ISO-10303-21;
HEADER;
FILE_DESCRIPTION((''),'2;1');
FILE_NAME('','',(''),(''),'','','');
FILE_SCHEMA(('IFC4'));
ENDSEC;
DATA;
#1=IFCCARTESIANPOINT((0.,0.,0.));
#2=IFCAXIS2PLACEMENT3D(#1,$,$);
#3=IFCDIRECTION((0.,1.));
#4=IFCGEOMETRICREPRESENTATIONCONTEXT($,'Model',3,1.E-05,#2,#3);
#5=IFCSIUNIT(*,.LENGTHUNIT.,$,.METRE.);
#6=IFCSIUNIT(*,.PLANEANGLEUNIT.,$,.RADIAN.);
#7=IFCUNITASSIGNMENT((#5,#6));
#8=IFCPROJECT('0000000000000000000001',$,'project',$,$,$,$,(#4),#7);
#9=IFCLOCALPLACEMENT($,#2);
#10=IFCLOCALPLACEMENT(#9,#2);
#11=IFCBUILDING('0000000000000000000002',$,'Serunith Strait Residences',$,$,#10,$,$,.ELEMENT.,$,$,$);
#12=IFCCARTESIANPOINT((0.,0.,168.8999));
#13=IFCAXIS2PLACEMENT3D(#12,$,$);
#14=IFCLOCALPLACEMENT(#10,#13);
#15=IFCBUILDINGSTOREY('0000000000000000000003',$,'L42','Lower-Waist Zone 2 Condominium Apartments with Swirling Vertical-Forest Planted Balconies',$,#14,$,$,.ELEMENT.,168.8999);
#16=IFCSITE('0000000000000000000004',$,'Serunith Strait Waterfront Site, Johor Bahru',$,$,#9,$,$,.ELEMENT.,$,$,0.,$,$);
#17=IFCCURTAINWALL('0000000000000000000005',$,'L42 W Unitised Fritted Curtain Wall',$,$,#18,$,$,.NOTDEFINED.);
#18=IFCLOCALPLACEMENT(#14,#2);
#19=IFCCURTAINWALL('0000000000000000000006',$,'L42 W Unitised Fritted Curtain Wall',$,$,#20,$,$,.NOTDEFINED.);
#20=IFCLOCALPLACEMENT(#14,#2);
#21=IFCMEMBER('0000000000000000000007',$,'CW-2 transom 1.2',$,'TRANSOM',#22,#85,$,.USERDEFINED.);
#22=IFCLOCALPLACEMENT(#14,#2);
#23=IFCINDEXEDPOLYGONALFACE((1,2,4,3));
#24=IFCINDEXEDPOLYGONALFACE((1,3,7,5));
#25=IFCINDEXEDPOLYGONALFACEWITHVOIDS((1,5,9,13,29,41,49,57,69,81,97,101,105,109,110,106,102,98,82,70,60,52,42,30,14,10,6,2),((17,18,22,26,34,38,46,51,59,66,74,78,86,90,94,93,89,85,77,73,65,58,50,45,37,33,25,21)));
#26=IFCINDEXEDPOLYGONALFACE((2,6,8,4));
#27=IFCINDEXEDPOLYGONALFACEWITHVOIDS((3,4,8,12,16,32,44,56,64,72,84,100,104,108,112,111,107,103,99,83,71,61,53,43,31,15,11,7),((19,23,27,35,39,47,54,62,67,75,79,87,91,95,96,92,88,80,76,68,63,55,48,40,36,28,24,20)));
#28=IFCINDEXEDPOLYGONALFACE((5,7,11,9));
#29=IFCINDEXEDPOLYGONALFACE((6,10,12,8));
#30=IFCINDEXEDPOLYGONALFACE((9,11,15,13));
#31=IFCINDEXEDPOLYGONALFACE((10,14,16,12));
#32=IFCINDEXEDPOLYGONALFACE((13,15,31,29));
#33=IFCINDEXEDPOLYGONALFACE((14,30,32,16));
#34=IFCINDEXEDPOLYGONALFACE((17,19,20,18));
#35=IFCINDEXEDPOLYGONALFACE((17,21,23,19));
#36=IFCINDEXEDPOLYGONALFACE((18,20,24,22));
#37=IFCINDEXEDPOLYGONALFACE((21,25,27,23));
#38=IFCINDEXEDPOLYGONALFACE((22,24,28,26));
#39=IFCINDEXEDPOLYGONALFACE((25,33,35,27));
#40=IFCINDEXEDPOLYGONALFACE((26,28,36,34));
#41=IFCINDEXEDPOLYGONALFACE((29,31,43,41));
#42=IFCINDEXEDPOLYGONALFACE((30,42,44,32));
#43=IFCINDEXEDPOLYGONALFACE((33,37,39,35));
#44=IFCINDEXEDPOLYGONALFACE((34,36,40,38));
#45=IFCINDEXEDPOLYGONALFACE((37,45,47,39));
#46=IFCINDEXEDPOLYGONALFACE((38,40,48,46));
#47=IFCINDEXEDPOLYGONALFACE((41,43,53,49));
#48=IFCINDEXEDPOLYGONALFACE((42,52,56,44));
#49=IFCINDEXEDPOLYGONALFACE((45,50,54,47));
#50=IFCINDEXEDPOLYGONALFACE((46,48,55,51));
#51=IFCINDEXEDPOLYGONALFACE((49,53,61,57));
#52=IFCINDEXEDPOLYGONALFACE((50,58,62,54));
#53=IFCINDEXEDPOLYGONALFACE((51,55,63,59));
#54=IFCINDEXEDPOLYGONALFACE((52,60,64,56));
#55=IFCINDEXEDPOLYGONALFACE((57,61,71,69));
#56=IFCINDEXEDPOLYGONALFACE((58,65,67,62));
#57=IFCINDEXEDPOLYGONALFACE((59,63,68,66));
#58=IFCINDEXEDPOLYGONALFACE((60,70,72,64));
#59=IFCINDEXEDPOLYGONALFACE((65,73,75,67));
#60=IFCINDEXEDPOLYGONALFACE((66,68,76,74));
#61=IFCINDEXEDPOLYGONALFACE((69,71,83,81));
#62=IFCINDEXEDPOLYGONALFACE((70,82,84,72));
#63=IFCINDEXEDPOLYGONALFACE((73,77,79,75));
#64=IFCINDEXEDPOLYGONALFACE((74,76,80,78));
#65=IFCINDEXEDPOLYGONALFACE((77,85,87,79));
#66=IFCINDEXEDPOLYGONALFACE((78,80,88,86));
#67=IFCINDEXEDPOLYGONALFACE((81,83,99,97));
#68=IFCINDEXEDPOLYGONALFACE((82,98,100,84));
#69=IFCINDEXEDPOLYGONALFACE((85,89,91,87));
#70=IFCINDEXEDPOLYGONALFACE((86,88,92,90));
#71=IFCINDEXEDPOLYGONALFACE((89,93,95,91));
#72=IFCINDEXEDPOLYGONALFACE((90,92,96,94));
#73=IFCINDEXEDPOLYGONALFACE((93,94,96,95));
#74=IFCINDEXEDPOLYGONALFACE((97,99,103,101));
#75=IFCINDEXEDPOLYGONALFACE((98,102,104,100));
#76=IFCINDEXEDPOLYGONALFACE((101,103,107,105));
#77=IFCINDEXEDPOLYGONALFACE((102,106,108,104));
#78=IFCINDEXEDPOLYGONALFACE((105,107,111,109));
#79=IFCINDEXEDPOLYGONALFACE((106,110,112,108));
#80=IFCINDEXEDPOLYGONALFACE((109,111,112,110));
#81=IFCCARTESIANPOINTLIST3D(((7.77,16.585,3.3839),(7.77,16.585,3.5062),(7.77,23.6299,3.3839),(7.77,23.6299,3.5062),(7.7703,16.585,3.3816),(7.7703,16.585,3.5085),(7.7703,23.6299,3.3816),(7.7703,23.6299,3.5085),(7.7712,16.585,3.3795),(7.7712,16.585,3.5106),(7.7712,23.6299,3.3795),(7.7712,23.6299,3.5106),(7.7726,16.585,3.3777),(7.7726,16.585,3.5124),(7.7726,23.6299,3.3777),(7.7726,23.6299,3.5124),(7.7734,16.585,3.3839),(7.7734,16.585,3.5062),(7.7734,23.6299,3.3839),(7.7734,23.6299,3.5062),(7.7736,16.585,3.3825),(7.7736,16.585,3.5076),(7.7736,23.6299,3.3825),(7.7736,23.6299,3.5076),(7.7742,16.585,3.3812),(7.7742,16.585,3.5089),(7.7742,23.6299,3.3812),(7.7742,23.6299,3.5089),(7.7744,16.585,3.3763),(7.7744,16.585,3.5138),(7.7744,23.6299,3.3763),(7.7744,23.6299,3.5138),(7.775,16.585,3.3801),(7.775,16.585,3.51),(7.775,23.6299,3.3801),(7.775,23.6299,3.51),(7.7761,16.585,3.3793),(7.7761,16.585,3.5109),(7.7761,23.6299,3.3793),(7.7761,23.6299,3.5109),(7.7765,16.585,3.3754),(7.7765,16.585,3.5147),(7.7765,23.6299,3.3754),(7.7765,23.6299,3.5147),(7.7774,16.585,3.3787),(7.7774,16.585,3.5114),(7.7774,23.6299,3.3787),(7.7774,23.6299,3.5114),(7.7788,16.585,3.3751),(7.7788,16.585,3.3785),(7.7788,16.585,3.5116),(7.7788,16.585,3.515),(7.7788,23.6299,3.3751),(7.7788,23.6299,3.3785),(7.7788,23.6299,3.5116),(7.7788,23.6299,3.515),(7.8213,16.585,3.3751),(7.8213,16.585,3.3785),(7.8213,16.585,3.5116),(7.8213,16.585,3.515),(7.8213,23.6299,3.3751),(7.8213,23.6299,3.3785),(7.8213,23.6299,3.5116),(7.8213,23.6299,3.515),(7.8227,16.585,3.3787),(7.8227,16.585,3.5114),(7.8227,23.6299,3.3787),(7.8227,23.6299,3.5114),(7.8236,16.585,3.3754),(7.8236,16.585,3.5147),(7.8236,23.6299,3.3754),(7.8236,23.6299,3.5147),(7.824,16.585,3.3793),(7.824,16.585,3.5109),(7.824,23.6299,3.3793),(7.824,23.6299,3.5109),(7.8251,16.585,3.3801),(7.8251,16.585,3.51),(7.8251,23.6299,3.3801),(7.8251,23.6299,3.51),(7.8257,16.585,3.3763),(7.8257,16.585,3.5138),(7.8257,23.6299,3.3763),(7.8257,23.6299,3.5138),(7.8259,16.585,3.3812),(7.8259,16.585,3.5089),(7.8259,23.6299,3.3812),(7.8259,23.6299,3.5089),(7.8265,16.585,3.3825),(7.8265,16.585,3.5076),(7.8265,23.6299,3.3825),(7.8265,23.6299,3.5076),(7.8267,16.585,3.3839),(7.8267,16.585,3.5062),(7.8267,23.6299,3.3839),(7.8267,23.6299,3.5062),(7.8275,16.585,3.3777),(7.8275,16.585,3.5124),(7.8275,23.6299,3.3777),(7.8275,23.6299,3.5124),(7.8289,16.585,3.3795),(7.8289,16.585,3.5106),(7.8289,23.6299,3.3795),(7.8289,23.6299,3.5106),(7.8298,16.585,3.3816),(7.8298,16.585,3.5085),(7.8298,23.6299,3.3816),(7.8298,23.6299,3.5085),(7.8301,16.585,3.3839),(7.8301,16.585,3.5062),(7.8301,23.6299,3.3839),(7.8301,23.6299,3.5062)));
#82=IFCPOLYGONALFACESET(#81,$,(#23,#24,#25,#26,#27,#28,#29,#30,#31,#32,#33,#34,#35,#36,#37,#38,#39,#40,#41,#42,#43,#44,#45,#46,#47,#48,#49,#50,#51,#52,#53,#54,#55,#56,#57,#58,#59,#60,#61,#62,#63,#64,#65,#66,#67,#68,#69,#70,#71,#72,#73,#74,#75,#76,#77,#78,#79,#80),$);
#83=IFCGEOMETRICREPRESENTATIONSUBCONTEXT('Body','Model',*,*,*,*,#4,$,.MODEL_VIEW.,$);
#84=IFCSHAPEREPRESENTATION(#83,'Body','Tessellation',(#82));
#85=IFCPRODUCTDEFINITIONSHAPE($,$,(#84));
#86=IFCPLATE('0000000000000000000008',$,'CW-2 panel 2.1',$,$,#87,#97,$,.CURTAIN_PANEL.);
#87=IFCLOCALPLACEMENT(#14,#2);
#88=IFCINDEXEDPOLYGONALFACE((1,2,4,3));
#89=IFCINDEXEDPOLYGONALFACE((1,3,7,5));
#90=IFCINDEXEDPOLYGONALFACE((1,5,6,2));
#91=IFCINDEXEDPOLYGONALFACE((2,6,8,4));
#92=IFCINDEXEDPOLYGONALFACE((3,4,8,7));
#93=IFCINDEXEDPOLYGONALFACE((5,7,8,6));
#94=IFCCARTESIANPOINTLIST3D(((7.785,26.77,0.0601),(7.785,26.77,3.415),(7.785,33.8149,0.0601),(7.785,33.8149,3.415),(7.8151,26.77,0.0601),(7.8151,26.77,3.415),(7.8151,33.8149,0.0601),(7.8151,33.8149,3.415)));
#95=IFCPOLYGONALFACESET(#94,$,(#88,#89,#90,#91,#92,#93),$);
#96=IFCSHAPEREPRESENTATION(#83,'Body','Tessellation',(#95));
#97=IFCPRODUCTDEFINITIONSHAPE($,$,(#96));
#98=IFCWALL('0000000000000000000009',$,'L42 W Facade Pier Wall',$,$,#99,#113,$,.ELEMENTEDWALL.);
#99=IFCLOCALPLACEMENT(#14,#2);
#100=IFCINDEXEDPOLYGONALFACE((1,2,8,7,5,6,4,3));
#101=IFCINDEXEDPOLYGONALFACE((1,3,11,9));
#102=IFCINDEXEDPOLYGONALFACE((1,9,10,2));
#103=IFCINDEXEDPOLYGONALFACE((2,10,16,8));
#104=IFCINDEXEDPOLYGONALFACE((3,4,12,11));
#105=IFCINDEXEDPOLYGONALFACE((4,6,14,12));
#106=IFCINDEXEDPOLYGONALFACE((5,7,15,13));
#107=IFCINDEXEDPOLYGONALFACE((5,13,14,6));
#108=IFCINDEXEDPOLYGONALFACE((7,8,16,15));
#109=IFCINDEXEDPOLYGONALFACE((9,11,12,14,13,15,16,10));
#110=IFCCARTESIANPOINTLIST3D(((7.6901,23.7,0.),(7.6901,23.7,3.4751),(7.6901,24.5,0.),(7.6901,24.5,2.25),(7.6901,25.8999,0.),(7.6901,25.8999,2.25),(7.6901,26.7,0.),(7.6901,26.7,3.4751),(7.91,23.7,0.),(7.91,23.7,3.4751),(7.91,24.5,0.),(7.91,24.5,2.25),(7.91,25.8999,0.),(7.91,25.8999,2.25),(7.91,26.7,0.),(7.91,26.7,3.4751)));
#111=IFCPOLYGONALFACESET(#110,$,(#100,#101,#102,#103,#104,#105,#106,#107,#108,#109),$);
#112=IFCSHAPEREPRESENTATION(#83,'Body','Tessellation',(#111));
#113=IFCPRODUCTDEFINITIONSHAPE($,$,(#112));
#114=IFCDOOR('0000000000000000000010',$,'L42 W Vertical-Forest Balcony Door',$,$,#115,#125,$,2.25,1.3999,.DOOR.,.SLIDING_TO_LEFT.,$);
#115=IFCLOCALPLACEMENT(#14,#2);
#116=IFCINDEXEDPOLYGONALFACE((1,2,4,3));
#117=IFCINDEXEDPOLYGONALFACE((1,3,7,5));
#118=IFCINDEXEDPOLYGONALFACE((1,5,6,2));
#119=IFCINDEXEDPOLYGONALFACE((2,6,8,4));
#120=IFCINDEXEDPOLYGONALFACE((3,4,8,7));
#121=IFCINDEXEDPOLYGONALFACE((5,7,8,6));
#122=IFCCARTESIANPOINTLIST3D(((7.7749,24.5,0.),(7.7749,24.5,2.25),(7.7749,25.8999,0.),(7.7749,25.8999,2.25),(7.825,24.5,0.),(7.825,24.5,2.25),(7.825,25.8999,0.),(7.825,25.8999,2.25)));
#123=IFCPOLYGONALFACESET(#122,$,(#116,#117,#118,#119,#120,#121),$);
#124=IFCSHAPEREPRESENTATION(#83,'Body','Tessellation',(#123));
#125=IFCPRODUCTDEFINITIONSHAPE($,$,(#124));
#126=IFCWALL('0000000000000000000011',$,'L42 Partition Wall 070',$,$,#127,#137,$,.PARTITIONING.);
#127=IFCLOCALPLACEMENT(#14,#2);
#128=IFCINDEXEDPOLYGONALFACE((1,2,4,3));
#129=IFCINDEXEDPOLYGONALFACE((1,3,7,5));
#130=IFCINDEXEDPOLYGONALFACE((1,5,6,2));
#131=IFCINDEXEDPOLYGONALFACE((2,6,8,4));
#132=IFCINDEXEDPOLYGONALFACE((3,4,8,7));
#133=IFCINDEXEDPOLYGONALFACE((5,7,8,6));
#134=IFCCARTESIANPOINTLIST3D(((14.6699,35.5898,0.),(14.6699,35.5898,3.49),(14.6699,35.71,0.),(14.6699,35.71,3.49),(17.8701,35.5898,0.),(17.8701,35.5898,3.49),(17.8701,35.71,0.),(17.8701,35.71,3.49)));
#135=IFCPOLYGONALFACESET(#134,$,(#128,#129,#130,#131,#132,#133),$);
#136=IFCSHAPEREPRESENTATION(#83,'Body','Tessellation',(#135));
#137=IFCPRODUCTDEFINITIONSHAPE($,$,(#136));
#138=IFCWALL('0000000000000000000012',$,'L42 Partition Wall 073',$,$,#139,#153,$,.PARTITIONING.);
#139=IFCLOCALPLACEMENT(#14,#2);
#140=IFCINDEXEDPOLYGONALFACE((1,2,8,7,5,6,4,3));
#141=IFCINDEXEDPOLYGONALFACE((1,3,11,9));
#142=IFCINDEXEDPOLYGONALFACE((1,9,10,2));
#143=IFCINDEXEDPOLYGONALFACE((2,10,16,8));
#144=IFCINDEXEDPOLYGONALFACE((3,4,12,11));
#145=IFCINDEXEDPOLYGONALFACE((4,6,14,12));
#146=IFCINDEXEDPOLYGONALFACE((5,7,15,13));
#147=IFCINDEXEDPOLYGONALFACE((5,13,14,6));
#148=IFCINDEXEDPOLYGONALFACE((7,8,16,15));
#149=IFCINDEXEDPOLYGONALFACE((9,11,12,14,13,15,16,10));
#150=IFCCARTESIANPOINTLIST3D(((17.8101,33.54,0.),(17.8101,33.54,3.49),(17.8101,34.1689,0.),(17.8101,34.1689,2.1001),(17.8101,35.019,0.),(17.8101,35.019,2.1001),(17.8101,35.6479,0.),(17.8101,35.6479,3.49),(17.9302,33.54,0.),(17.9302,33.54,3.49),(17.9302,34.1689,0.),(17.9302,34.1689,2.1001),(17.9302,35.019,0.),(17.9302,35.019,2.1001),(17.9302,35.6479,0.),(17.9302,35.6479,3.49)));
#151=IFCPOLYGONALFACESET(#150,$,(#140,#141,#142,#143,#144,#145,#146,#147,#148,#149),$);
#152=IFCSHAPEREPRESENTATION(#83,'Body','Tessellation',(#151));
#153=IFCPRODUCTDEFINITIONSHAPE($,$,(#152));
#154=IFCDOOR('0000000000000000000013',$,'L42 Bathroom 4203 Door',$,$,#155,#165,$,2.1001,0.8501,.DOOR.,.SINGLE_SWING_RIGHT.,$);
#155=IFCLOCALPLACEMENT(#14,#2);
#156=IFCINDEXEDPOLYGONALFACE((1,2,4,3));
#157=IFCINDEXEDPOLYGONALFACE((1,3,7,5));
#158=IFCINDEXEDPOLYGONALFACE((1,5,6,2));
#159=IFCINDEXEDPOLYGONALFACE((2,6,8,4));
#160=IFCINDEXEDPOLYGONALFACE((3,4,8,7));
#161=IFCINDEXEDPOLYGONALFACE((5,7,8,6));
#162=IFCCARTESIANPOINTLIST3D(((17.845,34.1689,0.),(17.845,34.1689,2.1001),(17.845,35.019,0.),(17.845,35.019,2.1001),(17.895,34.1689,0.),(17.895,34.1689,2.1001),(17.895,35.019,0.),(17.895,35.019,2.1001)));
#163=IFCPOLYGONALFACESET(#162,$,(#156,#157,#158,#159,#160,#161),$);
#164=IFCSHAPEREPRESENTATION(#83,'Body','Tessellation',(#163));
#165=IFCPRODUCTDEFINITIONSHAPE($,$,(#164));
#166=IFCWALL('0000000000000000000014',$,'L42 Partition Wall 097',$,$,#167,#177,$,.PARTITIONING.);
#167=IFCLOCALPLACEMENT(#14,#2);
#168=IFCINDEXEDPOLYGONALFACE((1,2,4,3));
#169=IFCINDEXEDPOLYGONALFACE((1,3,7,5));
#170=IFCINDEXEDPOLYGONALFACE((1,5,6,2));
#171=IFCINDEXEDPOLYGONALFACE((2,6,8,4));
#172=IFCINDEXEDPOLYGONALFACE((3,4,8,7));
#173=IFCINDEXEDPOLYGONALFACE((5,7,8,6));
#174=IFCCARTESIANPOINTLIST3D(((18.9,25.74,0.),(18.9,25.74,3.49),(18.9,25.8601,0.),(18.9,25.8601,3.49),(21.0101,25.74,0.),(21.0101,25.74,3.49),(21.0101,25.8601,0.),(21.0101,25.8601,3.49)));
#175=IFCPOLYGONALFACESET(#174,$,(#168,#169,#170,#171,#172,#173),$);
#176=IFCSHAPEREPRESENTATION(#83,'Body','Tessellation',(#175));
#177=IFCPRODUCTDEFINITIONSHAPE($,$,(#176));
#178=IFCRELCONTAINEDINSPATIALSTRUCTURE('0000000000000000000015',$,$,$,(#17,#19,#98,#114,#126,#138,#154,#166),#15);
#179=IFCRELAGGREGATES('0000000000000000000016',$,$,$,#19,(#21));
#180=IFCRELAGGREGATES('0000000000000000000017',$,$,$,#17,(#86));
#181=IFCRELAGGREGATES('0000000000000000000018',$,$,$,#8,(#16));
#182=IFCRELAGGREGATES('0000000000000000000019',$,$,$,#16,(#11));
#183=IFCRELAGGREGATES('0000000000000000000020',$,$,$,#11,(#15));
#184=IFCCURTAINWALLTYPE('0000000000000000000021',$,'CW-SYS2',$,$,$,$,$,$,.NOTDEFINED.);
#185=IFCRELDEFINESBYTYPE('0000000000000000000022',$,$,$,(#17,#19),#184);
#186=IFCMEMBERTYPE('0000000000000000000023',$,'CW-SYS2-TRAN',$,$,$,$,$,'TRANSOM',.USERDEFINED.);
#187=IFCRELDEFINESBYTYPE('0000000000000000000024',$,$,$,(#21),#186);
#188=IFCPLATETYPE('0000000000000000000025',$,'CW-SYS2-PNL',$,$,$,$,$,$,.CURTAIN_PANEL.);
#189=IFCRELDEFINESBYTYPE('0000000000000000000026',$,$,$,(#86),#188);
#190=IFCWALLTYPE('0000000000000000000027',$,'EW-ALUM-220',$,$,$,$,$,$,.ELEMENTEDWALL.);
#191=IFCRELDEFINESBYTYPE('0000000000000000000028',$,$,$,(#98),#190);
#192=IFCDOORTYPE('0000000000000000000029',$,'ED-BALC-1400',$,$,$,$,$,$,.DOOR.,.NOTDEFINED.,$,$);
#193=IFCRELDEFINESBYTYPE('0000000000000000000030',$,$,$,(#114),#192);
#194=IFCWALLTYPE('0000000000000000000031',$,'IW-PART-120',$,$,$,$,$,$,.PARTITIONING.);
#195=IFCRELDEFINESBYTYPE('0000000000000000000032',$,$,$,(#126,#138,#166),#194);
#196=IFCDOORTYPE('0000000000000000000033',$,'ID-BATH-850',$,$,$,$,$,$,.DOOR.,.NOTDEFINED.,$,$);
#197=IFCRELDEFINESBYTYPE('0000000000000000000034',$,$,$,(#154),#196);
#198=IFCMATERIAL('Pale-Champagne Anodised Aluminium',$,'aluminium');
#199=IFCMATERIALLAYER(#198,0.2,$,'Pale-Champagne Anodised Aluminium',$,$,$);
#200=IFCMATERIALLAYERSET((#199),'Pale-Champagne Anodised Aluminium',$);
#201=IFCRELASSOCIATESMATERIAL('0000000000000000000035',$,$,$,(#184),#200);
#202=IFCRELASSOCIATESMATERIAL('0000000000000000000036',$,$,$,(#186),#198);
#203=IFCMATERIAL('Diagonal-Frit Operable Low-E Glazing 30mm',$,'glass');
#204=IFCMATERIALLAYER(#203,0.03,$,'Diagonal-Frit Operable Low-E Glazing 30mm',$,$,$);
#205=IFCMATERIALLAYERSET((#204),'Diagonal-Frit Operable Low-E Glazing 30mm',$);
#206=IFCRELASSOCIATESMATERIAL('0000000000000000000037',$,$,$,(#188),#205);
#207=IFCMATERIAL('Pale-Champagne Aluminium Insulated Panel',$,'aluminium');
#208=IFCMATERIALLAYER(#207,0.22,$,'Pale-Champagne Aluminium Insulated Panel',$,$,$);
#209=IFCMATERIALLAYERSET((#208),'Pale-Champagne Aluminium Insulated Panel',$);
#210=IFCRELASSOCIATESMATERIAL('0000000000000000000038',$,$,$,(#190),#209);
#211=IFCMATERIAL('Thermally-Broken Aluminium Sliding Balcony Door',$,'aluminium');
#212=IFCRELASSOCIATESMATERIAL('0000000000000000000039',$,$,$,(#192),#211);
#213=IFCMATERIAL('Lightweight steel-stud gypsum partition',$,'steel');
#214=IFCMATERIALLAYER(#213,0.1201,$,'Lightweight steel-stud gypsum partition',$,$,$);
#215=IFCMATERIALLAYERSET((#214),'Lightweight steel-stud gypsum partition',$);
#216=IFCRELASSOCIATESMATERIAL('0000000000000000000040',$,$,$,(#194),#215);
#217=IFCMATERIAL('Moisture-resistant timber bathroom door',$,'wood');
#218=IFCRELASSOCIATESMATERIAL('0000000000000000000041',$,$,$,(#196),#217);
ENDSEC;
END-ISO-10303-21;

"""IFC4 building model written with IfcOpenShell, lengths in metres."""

from ifc_helpers import new_model, si_unit, direction, frame, frame_2d, origin, origin_2d, place, context, subcontext, project, spatial, rectangle, hollow_rectangle, extrude, source, transform, mapped, material, layer, layer_set, material_profile, profile_set, type_object, element, fill, aggregate, save


model = new_model("IFC4")

# Units and contexts
model_context = context("Model", 3, precision=1e-05, world=origin(), true_north=direction((0.0, 1.0)))
body_context = subcontext(model_context, "Body", "Model", "MODEL_VIEW")
ifc_project = project(units=[si_unit("LENGTHUNIT", "METRE"), si_unit("PLANEANGLEUNIT", "RADIAN")], contexts=[model_context])

# Site, building, storey
site_placement = place(None, origin())
site = spatial("IfcSite", under=ifc_project, at=site_placement, Name="Serunith Strait Waterfront Site, Johor Bahru", CompositionType="ELEMENT", RefElevation=0.0)
building_placement = place(site_placement, origin())
building = spatial("IfcBuilding", under=site, at=building_placement, Name="Serunith Strait Residences", CompositionType="ELEMENT")
storey_placement = place(building_placement, frame((0.0, 0.0, 168.8999)))
storey = spatial("IfcBuildingStorey", under=building, at=storey_placement, Name="L42", Description="Lower-Waist Zone 2 Condominium Apartments with Swirling Vertical-Forest Planted Balconies", CompositionType="ELEMENT", Elevation=168.8999)

# Curtain wall
ifc_material_1 = material(Name="Pale-Champagne Anodised Aluminium", Category="aluminium")
ifc_layer_1 = layer(ifc_material_1, 0.2, Name="Pale-Champagne Anodised Aluminium")
ifc_layer_set_1 = layer_set([ifc_layer_1], Name="Pale-Champagne Anodised Aluminium")
curtain_wall_type = type_object("IfcCurtainWallType", Name="CW-SYS2", PredefinedType="NOTDEFINED", material=ifc_layer_set_1)
curtain_wall_1_placement = place(storey_placement, origin())
curtain_wall_1 = element("IfcCurtainWall", 1, at=curtain_wall_1_placement, inside=storey, type_object=curtain_wall_type, Name="L42 W Unitised Fritted Curtain Wall", PredefinedType="NOTDEFINED")

# Curtain wall
curtain_wall_2_placement = place(storey_placement, origin())
curtain_wall_2 = element("IfcCurtainWall", 2, at=curtain_wall_2_placement, inside=storey, type_object=curtain_wall_type, Name="L42 W Unitised Fritted Curtain Wall", PredefinedType="NOTDEFINED")

# Member
ifc_material_profile_1 = material_profile(ifc_material_1, hollow_rectangle(XDim=0.0601, YDim=0.1399, WallThickness=0.0034, InnerFilletRadius=0.0054, OuterFilletRadius=0.0088, at=origin_2d()), Name="ALU 140x60x3.5")
ifc_profile_set_1 = profile_set([ifc_material_profile_1], Name="Pale-Champagne Anodised Aluminium")
member_type_1 = type_object("IfcMemberType", Name="CW-SYS2-TRAN", ElementType="TRANSOM", PredefinedType="USERDEFINED", material=ifc_profile_set_1)
shared_shape_1 = source(origin(), body_context, "Body", "SweptSolid", [
    extrude(hollow_rectangle(XDim=0.0601, YDim=0.1399, WallThickness=0.0034, InnerFilletRadius=0.0054, OuterFilletRadius=0.0088, at=origin_2d()), origin(), (0.0, 0.0, 1.0), 7.0449),
])
member_1_placement = place(storey_placement, frame((7.8, 23.6299, 3.4451), z_axis=(0.0, -1.0, 0.0), x_axis=(1.0, 0.0, 0.0)))
member_1 = element("IfcMember", 3, at=member_1_placement, type_object=member_type_1, Name="CW-2 transom 1.2", ObjectType="TRANSOM", PredefinedType="USERDEFINED", context=body_context, shape_type="MappedRepresentation", body=[
    mapped(shared_shape_1, transform((0.0, 0.0, 0.0), scale=1.0)),
])
aggregate(curtain_wall_2, [member_1])

# Plate
ifc_material_2 = material(Name="Diagonal-Frit Operable Low-E Glazing 30mm", Category="glass")
ifc_layer_2 = layer(ifc_material_2, 0.03, Name="Diagonal-Frit Operable Low-E Glazing 30mm")
ifc_layer_set_2 = layer_set([ifc_layer_2], Name="Diagonal-Frit Operable Low-E Glazing 30mm")
plate_type = type_object("IfcPlateType", Name="CW-SYS2-PNL", PredefinedType="CURTAIN_PANEL", material=ifc_layer_set_2)
shared_shape_2 = source(origin(), body_context, "Body", "SweptSolid", [
    extrude(rectangle(XDim=7.0449, YDim=0.03, at=origin_2d()), origin(), (0.0, 0.0, 1.0), 3.355),
])
plate_placement = place(storey_placement, frame((7.8, 30.2925, 0.0601), z_axis=(0.0, 0.0, 1.0), x_axis=(0.0, -1.0, 0.0)))
plate = element("IfcPlate", 4, at=plate_placement, type_object=plate_type, Name="CW-2 panel 2.1", PredefinedType="CURTAIN_PANEL", context=body_context, shape_type="MappedRepresentation", body=[
    mapped(shared_shape_2, transform((0.0, 0.0, 0.0), scale=1.0)),
])
aggregate(curtain_wall_1, [plate])

# Wall, opening, door
ifc_material_3 = material(Name="Pale-Champagne Aluminium Insulated Panel", Category="aluminium")
ifc_layer_3 = layer(ifc_material_3, 0.22, Name="Pale-Champagne Aluminium Insulated Panel")
ifc_layer_set_3 = layer_set([ifc_layer_3], Name="Pale-Champagne Aluminium Insulated Panel")
wall_type_1 = type_object("IfcWallType", Name="EW-ALUM-220", PredefinedType="ELEMENTEDWALL", material=ifc_layer_set_3)
wall_1_placement = place(storey_placement, frame((7.8, 26.7, 0.0), z_axis=(0.0, 0.0, 1.0), x_axis=(0.0, -1.0, 0.0)))
wall_1 = element("IfcWall", 5, at=wall_1_placement, inside=storey, type_object=wall_type_1, Name="L42 W Facade Pier Wall", PredefinedType="ELEMENTEDWALL", context=body_context, shape_type="SweptSolid", body=[
    extrude(rectangle(XDim=3.0, YDim=0.22, at=frame_2d((1.5, 0.0))), origin(), (0.0, 0.0, 1.0), 3.4751),
])
opening_1_placement = place(wall_1_placement, frame((0.8, 0.0, 0.0)))
opening_1 = element("IfcOpeningElement", 6, at=opening_1_placement, cuts=wall_1, PredefinedType="OPENING", context=body_context, shape_type="SweptSolid", body=[
    extrude(rectangle(XDim=1.3999, YDim=2.25, at=frame_2d((0.7, 1.125))), frame((0.0, 0.1201, 0.0), z_axis=(0.0, -1.0, 0.0), x_axis=(1.0, 0.0, 0.0)), (0.0, 0.0, 1.0), 0.24),
])
ifc_material_4 = material(Name="Thermally-Broken Aluminium Sliding Balcony Door", Category="aluminium")
door_type_1 = type_object("IfcDoorType", Name="ED-BALC-1400", OperationType="NOTDEFINED", PredefinedType="DOOR", material=ifc_material_4)
shared_shape_3 = source(origin(), body_context, "Body", "SweptSolid", [
    extrude(rectangle(XDim=1.3999, YDim=2.25, at=frame_2d((0.7, 1.125))), frame((0.0, 0.0249, 0.0), z_axis=(0.0, -1.0, 0.0), x_axis=(1.0, 0.0, 0.0)), (0.0, 0.0, 1.0), 0.05),
])
door_1_placement = place(opening_1_placement, origin())
door_1 = element("IfcDoor", 7, at=door_1_placement, inside=storey, type_object=door_type_1, Name="L42 W Vertical-Forest Balcony Door", OperationType="SLIDING_TO_LEFT", OverallHeight=2.25, OverallWidth=1.3999, PredefinedType="DOOR", context=body_context, shape_type="MappedRepresentation", body=[
    mapped(shared_shape_3, transform((0.0, 0.0, 0.0), scale=1.0)),
])
fill(opening_1, door_1)

# Wall
ifc_material_5 = material(Name="Lightweight steel-stud gypsum partition", Category="steel")
ifc_layer_4 = layer(ifc_material_5, 0.1201, Name="Lightweight steel-stud gypsum partition")
ifc_layer_set_4 = layer_set([ifc_layer_4], Name="Lightweight steel-stud gypsum partition")
wall_type_2 = type_object("IfcWallType", Name="IW-PART-120", PredefinedType="PARTITIONING", material=ifc_layer_set_4)
wall_2_placement = place(storey_placement, frame((14.6699, 35.6499, 0.0), z_axis=(0.0, 0.0, 1.0), x_axis=(1.0, 0.0, 0.0)))
element("IfcWall", 8, at=wall_2_placement, inside=storey, type_object=wall_type_2, Name="L42 Partition Wall 070", PredefinedType="PARTITIONING", context=body_context, shape_type="SweptSolid", body=[
    extrude(rectangle(XDim=3.2002, YDim=0.1201, at=frame_2d((1.6001, 0.0))), origin(), (0.0, 0.0, 1.0), 3.49),
])

# Wall, opening, door
wall_3_placement = place(storey_placement, frame((17.8701, 35.6479, 0.0), z_axis=(0.0, 0.0, 1.0), x_axis=(0.0, -1.0, 0.0)))
wall_3 = element("IfcWall", 9, at=wall_3_placement, inside=storey, type_object=wall_type_2, Name="L42 Partition Wall 073", PredefinedType="PARTITIONING", context=body_context, shape_type="SweptSolid", body=[
    extrude(rectangle(XDim=2.1079, YDim=0.1201, at=frame_2d((1.054, 0.0))), origin(), (0.0, 0.0, 1.0), 3.49),
])
opening_2_placement = place(wall_3_placement, frame((0.6289, 0.0, 0.0)))
opening_2 = element("IfcOpeningElement", 10, at=opening_2_placement, cuts=wall_3, PredefinedType="OPENING", context=body_context, shape_type="SweptSolid", body=[
    extrude(rectangle(XDim=0.8501, YDim=2.1001, at=frame_2d((0.425, 1.05))), frame((0.0, 0.0701, 0.0), z_axis=(0.0, -1.0, 0.0), x_axis=(1.0, 0.0, 0.0)), (0.0, 0.0, 1.0), 0.1401),
])
ifc_material_6 = material(Name="Moisture-resistant timber bathroom door", Category="wood")
door_type_2 = type_object("IfcDoorType", Name="ID-BATH-850", OperationType="NOTDEFINED", PredefinedType="DOOR", material=ifc_material_6)
shared_shape_4 = source(origin(), body_context, "Body", "SweptSolid", [
    extrude(rectangle(XDim=0.8501, YDim=2.1001, at=frame_2d((0.425, 1.05))), frame((0.0, 0.0249, 0.0), z_axis=(0.0, -1.0, 0.0), x_axis=(1.0, 0.0, 0.0)), (0.0, 0.0, 1.0), 0.05),
])
door_2_placement = place(opening_2_placement, origin())
door_2 = element("IfcDoor", 11, at=door_2_placement, inside=storey, type_object=door_type_2, Name="L42 Bathroom 4203 Door", OperationType="SINGLE_SWING_RIGHT", OverallHeight=2.1001, OverallWidth=0.8501, PredefinedType="DOOR", context=body_context, shape_type="MappedRepresentation", body=[
    mapped(shared_shape_4, transform((0.0, 0.0, 0.0), scale=1.0)),
])
fill(opening_2, door_2)

# Wall
wall_4_placement = place(storey_placement, frame((18.8999, 25.8, 0.0), z_axis=(0.0, 0.0, 1.0), x_axis=(1.0, 0.0, 0.0)))
element("IfcWall", 12, at=wall_4_placement, inside=storey, type_object=wall_type_2, Name="L42 Partition Wall 097", PredefinedType="PARTITIONING", context=body_context, shape_type="SweptSolid", body=[
    extrude(rectangle(XDim=2.1101, YDim=0.1201, at=frame_2d((1.0552, 0.0))), origin(), (0.0, 0.0, 1.0), 3.49),
])

save(model, "model.ifc")
